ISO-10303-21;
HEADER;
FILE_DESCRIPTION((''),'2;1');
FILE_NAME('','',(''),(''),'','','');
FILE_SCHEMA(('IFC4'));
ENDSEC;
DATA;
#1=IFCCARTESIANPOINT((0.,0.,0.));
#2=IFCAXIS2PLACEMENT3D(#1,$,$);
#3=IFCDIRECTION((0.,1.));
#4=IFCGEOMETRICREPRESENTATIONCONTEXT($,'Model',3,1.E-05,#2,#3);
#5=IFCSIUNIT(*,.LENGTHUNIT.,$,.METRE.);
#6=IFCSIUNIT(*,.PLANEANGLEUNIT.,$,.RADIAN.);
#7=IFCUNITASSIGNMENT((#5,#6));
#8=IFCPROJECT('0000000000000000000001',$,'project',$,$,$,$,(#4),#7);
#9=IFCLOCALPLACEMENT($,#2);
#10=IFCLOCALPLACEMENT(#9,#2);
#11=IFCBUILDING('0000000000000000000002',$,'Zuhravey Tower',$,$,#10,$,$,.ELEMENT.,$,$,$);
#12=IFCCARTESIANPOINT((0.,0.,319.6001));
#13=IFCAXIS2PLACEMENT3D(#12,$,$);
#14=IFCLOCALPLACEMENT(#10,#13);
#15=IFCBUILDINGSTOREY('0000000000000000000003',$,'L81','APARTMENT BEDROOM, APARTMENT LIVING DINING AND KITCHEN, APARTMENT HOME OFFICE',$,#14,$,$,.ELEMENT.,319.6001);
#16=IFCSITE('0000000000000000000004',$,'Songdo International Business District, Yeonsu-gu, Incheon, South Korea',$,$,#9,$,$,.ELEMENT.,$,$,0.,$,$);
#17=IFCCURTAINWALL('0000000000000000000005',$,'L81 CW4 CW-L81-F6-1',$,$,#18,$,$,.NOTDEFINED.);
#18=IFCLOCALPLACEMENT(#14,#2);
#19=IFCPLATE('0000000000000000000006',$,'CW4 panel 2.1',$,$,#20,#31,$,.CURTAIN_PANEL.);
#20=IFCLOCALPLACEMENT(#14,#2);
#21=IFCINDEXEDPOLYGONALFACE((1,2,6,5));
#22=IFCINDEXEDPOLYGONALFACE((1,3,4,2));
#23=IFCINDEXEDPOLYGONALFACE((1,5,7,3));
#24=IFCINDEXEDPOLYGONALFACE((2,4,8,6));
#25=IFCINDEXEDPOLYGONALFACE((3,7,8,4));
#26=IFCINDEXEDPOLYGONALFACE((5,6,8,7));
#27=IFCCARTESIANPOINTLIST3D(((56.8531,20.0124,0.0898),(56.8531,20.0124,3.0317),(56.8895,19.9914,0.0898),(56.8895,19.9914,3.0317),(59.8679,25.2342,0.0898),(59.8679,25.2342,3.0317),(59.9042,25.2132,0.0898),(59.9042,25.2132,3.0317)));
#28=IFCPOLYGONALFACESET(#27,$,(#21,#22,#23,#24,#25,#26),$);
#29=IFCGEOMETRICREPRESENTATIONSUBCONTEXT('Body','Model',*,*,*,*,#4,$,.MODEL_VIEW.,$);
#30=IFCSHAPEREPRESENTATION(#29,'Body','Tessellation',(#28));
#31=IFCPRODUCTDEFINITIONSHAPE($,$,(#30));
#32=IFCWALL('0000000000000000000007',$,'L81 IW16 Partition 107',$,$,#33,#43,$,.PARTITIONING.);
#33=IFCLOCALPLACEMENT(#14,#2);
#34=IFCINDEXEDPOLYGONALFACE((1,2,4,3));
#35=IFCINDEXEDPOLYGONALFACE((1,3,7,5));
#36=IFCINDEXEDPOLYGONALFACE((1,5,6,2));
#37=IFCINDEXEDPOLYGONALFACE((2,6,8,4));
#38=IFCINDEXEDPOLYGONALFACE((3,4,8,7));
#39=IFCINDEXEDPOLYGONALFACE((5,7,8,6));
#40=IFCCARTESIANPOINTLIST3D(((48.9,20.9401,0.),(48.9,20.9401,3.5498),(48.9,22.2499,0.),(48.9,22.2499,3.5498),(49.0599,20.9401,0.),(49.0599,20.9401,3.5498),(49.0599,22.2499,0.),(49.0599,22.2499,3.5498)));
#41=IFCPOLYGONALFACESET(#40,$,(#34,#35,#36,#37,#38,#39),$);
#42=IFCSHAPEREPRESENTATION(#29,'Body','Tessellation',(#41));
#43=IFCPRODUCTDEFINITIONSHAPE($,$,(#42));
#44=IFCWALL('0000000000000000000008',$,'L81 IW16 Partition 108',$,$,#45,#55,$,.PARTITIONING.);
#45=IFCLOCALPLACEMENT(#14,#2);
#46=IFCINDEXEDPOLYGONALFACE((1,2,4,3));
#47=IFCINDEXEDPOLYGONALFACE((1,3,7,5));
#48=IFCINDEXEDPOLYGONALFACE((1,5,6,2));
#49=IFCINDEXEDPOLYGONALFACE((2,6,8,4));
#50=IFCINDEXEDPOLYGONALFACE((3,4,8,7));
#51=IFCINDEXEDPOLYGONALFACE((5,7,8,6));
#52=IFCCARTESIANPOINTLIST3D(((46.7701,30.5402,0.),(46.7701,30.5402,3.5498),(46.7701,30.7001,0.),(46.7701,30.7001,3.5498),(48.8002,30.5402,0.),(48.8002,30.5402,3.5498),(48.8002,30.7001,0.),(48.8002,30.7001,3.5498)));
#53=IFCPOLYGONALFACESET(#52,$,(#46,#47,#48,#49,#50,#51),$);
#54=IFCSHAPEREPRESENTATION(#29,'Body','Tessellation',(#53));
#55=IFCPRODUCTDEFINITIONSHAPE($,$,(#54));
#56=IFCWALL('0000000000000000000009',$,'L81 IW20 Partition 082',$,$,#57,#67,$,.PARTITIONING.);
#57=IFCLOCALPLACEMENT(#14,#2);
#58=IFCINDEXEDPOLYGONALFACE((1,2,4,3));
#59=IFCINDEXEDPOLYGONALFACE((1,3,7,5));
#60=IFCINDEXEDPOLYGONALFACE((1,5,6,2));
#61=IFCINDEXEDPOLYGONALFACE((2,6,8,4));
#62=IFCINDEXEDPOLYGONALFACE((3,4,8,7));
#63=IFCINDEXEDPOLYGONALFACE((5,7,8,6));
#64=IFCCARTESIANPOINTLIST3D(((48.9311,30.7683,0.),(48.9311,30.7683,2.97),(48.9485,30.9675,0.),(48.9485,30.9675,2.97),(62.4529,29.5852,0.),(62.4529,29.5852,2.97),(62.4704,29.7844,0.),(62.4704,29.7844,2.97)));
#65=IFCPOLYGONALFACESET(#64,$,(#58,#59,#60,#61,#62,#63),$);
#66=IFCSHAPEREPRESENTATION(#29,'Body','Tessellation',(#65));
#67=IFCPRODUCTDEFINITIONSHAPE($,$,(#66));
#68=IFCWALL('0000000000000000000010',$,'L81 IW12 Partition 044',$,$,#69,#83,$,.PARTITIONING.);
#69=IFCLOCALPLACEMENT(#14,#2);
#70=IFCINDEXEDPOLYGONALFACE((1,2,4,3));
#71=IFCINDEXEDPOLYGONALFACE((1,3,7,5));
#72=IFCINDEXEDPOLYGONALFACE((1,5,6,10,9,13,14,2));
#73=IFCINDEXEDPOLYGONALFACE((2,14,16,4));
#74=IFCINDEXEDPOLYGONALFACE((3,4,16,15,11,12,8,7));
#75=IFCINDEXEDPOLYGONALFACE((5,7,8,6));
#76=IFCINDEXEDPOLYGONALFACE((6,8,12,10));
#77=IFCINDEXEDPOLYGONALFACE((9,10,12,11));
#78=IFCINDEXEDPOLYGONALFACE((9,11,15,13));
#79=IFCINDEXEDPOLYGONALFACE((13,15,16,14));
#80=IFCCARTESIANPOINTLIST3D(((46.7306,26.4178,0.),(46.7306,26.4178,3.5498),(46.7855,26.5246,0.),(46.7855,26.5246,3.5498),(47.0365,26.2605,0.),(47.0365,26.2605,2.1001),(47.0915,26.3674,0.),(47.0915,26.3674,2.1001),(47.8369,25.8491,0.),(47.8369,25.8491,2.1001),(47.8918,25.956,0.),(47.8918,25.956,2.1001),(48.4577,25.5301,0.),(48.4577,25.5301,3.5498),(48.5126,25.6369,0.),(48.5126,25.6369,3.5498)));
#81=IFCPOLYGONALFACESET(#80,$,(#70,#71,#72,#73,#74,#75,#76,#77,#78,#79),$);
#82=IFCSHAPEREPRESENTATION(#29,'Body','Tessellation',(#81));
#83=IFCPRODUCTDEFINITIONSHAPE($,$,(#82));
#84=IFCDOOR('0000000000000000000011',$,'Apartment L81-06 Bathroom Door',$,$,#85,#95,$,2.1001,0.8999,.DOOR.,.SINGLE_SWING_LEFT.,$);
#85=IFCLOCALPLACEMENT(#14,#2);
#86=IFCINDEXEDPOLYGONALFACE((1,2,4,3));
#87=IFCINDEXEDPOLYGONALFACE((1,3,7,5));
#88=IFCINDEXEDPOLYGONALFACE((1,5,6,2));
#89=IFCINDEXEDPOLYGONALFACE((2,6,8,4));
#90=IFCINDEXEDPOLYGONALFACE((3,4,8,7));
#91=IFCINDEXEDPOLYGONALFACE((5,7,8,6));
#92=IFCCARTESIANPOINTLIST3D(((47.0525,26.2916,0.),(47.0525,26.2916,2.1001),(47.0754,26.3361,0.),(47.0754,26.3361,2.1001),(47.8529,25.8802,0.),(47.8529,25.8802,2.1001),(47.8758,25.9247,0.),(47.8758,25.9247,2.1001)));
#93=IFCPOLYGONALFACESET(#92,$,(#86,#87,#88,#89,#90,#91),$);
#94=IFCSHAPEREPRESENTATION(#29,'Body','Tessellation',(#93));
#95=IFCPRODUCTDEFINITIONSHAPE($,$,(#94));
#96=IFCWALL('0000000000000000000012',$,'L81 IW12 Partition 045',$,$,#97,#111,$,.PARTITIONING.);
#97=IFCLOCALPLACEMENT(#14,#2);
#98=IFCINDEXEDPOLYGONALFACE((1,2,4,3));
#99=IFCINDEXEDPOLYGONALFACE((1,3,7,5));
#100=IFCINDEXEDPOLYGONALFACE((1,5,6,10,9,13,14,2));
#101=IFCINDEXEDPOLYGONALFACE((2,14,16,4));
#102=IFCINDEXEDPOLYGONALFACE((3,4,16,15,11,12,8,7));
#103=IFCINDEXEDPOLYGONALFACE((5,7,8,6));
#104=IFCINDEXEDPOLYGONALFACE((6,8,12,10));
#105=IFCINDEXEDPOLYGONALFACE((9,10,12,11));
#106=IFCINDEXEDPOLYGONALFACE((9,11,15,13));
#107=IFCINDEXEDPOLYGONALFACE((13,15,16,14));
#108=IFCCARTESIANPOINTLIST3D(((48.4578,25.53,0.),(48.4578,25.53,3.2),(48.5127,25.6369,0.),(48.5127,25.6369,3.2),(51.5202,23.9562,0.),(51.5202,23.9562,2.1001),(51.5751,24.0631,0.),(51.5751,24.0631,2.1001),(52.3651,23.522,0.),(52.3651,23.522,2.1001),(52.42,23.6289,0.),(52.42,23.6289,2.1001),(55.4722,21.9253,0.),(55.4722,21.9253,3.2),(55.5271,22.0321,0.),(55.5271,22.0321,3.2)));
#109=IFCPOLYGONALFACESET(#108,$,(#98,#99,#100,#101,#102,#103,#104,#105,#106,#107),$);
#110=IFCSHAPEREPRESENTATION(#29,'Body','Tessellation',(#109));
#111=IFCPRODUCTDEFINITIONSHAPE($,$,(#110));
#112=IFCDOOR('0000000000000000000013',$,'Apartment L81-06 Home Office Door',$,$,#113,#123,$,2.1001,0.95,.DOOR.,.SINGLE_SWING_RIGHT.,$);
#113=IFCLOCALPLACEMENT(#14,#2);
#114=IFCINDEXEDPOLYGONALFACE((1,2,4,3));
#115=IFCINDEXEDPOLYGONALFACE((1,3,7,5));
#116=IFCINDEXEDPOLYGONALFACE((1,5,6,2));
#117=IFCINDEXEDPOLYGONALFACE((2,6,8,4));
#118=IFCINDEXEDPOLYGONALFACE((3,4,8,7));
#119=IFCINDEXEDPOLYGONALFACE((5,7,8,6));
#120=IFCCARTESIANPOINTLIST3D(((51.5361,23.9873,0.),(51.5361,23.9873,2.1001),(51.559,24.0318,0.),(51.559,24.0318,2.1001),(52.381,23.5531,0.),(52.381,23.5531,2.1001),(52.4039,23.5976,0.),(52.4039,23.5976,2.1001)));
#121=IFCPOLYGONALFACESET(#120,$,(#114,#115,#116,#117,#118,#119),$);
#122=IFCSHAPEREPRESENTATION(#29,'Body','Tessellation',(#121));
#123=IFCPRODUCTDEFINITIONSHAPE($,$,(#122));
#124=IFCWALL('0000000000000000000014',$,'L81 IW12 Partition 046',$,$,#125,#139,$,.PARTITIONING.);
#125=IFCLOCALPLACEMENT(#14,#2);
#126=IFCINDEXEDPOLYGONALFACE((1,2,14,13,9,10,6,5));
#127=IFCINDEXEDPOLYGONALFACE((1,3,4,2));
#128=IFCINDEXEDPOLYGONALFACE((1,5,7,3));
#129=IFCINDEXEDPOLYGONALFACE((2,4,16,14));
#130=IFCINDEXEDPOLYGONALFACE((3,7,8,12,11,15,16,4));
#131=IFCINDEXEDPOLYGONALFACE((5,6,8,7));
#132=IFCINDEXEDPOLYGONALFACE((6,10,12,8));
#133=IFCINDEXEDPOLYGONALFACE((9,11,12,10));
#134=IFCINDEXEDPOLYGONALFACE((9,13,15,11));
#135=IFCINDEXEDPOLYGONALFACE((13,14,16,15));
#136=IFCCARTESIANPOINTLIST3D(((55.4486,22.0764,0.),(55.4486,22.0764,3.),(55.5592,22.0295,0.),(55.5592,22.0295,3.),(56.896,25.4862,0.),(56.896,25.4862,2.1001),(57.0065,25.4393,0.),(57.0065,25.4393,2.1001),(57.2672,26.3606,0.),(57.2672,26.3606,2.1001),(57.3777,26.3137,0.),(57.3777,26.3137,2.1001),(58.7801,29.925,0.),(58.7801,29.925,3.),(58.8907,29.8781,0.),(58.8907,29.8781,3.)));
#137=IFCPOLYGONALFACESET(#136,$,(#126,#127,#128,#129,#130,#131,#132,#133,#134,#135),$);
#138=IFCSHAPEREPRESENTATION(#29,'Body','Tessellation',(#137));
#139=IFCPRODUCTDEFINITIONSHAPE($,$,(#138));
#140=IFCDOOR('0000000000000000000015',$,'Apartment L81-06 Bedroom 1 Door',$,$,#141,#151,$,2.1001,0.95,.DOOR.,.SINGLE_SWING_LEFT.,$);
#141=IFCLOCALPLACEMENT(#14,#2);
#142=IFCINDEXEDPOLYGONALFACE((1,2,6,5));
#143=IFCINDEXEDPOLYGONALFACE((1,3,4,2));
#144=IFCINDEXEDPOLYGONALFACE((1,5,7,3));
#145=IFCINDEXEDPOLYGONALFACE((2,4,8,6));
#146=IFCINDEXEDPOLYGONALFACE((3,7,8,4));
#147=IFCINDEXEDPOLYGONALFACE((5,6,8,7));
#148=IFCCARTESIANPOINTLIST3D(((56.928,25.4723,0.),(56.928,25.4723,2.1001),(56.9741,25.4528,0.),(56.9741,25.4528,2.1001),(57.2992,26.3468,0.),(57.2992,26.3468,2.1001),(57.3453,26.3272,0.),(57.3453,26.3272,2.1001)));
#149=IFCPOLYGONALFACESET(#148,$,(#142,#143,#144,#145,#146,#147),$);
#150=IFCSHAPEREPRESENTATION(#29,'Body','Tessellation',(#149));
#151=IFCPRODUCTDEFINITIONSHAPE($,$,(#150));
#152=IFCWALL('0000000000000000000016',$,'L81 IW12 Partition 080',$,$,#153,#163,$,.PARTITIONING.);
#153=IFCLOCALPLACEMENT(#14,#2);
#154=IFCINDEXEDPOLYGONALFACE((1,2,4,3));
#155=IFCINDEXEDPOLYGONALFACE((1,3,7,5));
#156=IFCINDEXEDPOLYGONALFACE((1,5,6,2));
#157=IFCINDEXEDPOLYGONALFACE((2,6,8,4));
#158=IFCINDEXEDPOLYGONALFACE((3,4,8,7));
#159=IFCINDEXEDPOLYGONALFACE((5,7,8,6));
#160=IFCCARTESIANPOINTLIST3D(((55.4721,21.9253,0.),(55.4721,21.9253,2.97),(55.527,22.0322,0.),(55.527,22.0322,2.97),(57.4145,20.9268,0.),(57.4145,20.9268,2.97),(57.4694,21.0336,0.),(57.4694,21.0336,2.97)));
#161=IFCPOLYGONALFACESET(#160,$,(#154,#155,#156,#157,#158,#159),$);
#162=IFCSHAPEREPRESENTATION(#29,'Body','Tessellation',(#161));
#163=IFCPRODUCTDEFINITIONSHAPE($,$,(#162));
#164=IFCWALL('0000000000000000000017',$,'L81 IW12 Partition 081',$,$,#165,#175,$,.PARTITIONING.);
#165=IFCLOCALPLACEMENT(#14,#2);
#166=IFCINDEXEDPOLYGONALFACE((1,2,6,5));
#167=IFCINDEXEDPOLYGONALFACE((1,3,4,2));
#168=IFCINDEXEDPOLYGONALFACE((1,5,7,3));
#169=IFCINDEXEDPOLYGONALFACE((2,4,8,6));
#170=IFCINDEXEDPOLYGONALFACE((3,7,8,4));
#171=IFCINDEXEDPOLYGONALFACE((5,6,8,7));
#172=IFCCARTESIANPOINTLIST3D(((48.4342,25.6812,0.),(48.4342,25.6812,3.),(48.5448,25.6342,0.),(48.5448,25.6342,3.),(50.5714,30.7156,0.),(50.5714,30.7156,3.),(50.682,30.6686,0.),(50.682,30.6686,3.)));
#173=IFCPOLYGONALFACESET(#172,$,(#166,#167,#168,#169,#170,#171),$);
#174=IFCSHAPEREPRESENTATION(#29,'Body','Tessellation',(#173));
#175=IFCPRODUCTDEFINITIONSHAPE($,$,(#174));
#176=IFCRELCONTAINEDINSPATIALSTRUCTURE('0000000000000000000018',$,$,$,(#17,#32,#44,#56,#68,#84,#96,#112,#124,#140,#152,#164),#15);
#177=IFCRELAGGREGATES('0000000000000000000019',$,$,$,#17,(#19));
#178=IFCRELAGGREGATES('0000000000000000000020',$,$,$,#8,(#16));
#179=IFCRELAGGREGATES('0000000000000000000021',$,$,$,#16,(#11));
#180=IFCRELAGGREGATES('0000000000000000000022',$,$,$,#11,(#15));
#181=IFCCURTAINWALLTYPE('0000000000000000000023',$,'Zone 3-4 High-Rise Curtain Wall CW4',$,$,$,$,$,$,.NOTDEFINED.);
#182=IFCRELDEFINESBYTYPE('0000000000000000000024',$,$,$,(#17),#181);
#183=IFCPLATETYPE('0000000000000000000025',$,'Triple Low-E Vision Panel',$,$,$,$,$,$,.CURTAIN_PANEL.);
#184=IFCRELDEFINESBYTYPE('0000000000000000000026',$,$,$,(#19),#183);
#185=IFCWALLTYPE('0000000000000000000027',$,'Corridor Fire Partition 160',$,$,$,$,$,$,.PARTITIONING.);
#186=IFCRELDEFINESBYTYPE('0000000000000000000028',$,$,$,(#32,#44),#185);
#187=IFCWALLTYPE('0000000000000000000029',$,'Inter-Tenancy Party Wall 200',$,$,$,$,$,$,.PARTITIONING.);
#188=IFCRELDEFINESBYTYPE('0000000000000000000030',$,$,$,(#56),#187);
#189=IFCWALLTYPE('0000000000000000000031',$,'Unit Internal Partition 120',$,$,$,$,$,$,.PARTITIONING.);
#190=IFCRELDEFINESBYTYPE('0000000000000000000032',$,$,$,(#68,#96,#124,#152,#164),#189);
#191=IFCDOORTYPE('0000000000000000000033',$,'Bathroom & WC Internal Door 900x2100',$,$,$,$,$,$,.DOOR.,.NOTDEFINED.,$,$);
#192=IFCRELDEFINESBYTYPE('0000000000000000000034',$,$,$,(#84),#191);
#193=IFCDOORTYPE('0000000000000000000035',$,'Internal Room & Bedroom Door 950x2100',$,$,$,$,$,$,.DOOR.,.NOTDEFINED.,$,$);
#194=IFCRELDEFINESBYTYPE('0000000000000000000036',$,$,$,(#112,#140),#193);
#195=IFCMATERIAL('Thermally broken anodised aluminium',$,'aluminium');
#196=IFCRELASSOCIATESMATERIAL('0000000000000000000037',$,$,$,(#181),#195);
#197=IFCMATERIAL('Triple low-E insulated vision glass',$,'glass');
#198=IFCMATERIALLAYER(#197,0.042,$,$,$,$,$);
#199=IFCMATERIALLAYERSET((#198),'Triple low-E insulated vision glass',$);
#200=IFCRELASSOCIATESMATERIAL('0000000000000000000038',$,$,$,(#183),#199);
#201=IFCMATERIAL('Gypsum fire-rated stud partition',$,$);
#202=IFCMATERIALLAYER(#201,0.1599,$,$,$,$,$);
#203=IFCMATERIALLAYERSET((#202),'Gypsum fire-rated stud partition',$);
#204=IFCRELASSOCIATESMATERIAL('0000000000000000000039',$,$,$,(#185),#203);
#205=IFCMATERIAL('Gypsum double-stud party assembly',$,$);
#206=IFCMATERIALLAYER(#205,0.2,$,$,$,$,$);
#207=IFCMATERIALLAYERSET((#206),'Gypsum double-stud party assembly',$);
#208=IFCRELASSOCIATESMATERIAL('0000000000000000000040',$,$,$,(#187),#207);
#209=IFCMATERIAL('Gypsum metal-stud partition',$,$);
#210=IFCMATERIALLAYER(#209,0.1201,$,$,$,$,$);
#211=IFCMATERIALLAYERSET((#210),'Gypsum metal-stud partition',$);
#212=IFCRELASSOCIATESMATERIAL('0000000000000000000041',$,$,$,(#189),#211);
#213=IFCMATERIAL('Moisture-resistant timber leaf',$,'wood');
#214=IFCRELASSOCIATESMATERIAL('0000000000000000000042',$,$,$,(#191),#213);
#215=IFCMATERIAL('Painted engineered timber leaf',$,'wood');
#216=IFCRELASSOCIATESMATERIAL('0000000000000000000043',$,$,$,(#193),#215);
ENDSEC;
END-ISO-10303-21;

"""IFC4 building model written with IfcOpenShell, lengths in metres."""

from ifc_helpers import new_model, si_unit, direction, frame, frame_2d, origin, origin_2d, place, context, subcontext, project, spatial, rectangle, extrude, material, layer, layer_set, type_object, element, fill, aggregate, save


model = new_model("IFC4")

# Units and contexts
model_context = context("Model", 3, precision=1e-05, world=origin(), true_north=direction((0.0, 1.0)))
body_context = subcontext(model_context, "Body", "Model", "MODEL_VIEW")
ifc_project = project(units=[si_unit("LENGTHUNIT", "METRE"), si_unit("PLANEANGLEUNIT", "RADIAN")], contexts=[model_context])

# Site, building, storey
site_placement = place(None, origin())
site = spatial("IfcSite", under=ifc_project, at=site_placement, Name="Songdo International Business District, Yeonsu-gu, Incheon, South Korea", CompositionType="ELEMENT", RefElevation=0.0)
building_placement = place(site_placement, origin())
building = spatial("IfcBuilding", under=site, at=building_placement, Name="Zuhravey Tower", CompositionType="ELEMENT")
storey_placement = place(building_placement, frame((0.0, 0.0, 319.6001)))
storey = spatial("IfcBuildingStorey", under=building, at=storey_placement, Name="L81", Description="APARTMENT BEDROOM, APARTMENT LIVING DINING AND KITCHEN, APARTMENT HOME OFFICE", CompositionType="ELEMENT", Elevation=319.6001)

# Curtain wall
ifc_material_1 = material(Name="Thermally broken anodised aluminium", Category="aluminium")
curtain_wall_type = type_object("IfcCurtainWallType", Name="Zone 3-4 High-Rise Curtain Wall CW4", PredefinedType="NOTDEFINED", material=ifc_material_1)
curtain_wall_placement = place(storey_placement, origin())
curtain_wall = element("IfcCurtainWall", 1, at=curtain_wall_placement, inside=storey, type_object=curtain_wall_type, Name="L81 CW4 CW-L81-F6-1", PredefinedType="NOTDEFINED")

# Plate
ifc_material_2 = material(Name="Triple low-E insulated vision glass", Category="glass")
ifc_layer_1 = layer(ifc_material_2, 0.042)
ifc_layer_set_1 = layer_set([ifc_layer_1], Name="Triple low-E insulated vision glass")
plate_type = type_object("IfcPlateType", Name="Triple Low-E Vision Panel", PredefinedType="CURTAIN_PANEL", material=ifc_layer_set_1)
plate_1_placement = place(storey_placement, frame((58.3787, 22.6128, 0.0898), z_axis=(0.0, 0.0, 1.0), x_axis=(-0.5, -0.866026, 0.0)))
plate_1 = element("IfcPlate", 2, at=plate_1_placement, type_object=plate_type, Name="CW4 panel 2.1", PredefinedType="CURTAIN_PANEL", context=body_context, shape_type="SweptSolid", body=[
    extrude(rectangle(XDim=6.0295, YDim=0.042, at=origin_2d()), origin(), (0.0, 0.0, 1.0), 2.9419),
])
aggregate(curtain_wall, [plate_1])

# Shared definitions
ifc_material_3 = material(Name="Gypsum fire-rated stud partition")
ifc_layer_2 = layer(ifc_material_3, 0.1599)
ifc_layer_set_2 = layer_set([ifc_layer_2], Name="Gypsum fire-rated stud partition")
wall_type_1 = type_object("IfcWallType", Name="Corridor Fire Partition 160", PredefinedType="PARTITIONING", material=ifc_layer_set_2)

# Walls
wall_1_placement = place(storey_placement, frame((48.98, 20.9402, 0.0), z_axis=(0.0, 0.0, 1.0), x_axis=(0.0, 1.0, 0.0)))
element("IfcWall", 3, at=wall_1_placement, inside=storey, type_object=wall_type_1, Name="L81 IW16 Partition 107", PredefinedType="PARTITIONING", context=body_context, shape_type="SweptSolid", body=[
    extrude(rectangle(XDim=1.3098, YDim=0.1599, at=frame_2d((0.6548, 0.0))), origin(), (0.0, 0.0, 1.0), 3.5498),
])
wall_2_placement = place(storey_placement, frame((46.77, 30.6201, 0.0), z_axis=(0.0, 0.0, 1.0), x_axis=(1.0, 0.0, 0.0)))
element("IfcWall", 4, at=wall_2_placement, inside=storey, type_object=wall_type_1, Name="L81 IW16 Partition 108", PredefinedType="PARTITIONING", context=body_context, shape_type="SweptSolid", body=[
    extrude(rectangle(XDim=2.03, YDim=0.1599, at=frame_2d((1.0151, 0.0))), origin(), (0.0, 0.0, 1.0), 3.5498),
])
ifc_material_4 = material(Name="Gypsum double-stud party assembly")
ifc_layer_3 = layer(ifc_material_4, 0.2)
ifc_layer_set_3 = layer_set([ifc_layer_3], Name="Gypsum double-stud party assembly")
wall_type_2 = type_object("IfcWallType", Name="Inter-Tenancy Party Wall 200", PredefinedType="PARTITIONING", material=ifc_layer_set_3)
wall_3_placement = place(storey_placement, frame((48.9399, 30.8679, 0.0), z_axis=(0.0, 0.0, 1.0), x_axis=(0.996194, -0.087164, 0.0)))
element("IfcWall", 5, at=wall_3_placement, inside=storey, type_object=wall_type_2, Name="L81 IW20 Partition 082", PredefinedType="PARTITIONING", context=body_context, shape_type="SweptSolid", body=[
    extrude(rectangle(XDim=13.5735, YDim=0.2, at=frame_2d((6.7866, 0.0))), origin(), (0.0, 0.0, 1.0), 2.97),
])

# Walls, openings, doors
ifc_material_5 = material(Name="Gypsum metal-stud partition")
ifc_layer_4 = layer(ifc_material_5, 0.1201)
ifc_layer_set_4 = layer_set([ifc_layer_4], Name="Gypsum metal-stud partition")
wall_type_3 = type_object("IfcWallType", Name="Unit Internal Partition 120", PredefinedType="PARTITIONING", material=ifc_layer_set_4)
wall_4_placement = place(storey_placement, frame((46.7581, 26.4712, 0.0), z_axis=(0.0, 0.0, 1.0), x_axis=(0.889393, -0.457143, 0.0)))
wall_4 = element("IfcWall", 6, at=wall_4_placement, inside=storey, type_object=wall_type_3, Name="L81 IW12 Partition 044", PredefinedType="PARTITIONING", context=body_context, shape_type="SweptSolid", body=[
    extrude(rectangle(XDim=1.9419, YDim=0.1201, at=frame_2d((0.9709, 0.0))), origin(), (0.0, 0.0, 1.0), 3.5498),
])
opening_1_placement = place(wall_4_placement, frame((0.344, 0.0, 0.0)))
opening_1 = element("IfcOpeningElement", 7, at=opening_1_placement, cuts=wall_4, PredefinedType="OPENING", context=body_context, shape_type="SweptSolid", body=[
    extrude(rectangle(XDim=0.8999, YDim=2.1001, at=frame_2d((0.45, 1.05))), frame((0.0, 0.072, 0.0), z_axis=(0.0, -1.0, 0.0), x_axis=(1.0, 0.0, 0.0)), (0.0, 0.0, 1.0), 0.144),
])
ifc_material_6 = material(Name="Moisture-resistant timber leaf", Category="wood")
door_type_1 = type_object("IfcDoorType", Name="Bathroom & WC Internal Door 900x2100", OperationType="NOTDEFINED", PredefinedType="DOOR", material=ifc_material_6)
door_1_placement = place(opening_1_placement, origin())
door_1 = element("IfcDoor", 8, at=door_1_placement, inside=storey, type_object=door_type_1, Name="Apartment L81-06 Bathroom Door", OperationType="SINGLE_SWING_LEFT", OverallHeight=2.1001, OverallWidth=0.8999, PredefinedType="DOOR", context=body_context, shape_type="SweptSolid", body=[
    extrude(rectangle(XDim=0.8999, YDim=2.1001, at=frame_2d((0.45, 1.05))), frame((0.0, 0.0249, 0.0), z_axis=(0.0, -1.0, 0.0), x_axis=(1.0, 0.0, 0.0)), (0.0, 0.0, 1.0), 0.05),
])
fill(opening_1, door_1)
wall_5_placement = place(storey_placement, frame((48.4851, 25.5835, 0.0), z_axis=(0.0, 0.0, 1.0), x_axis=(0.889426, -0.45708, 0.0)))
wall_5 = element("IfcWall", 9, at=wall_5_placement, inside=storey, type_object=wall_type_3, Name="L81 IW12 Partition 045", PredefinedType="PARTITIONING", context=body_context, shape_type="SweptSolid", body=[
    extrude(rectangle(XDim=7.8865, YDim=0.1201, at=frame_2d((3.9434, 0.0))), origin(), (0.0, 0.0, 1.0), 3.2),
])
opening_2_placement = place(wall_5_placement, frame((3.4431, 0.0, 0.0)))
opening_2 = element("IfcOpeningElement", 10, at=opening_2_placement, cuts=wall_5, PredefinedType="OPENING", context=body_context, shape_type="SweptSolid", body=[
    extrude(rectangle(XDim=0.95, YDim=2.1001, at=frame_2d((0.4751, 1.05))), frame((0.0, 0.072, 0.0), z_axis=(0.0, -1.0, 0.0), x_axis=(1.0, 0.0, 0.0)), (0.0, 0.0, 1.0), 0.144),
])
ifc_material_7 = material(Name="Painted engineered timber leaf", Category="wood")
door_type_2 = type_object("IfcDoorType", Name="Internal Room & Bedroom Door 950x2100", OperationType="NOTDEFINED", PredefinedType="DOOR", material=ifc_material_7)
door_2_placement = place(opening_2_placement, origin())
door_2 = element("IfcDoor", 11, at=door_2_placement, inside=storey, type_object=door_type_2, Name="Apartment L81-06 Home Office Door", OperationType="SINGLE_SWING_RIGHT", OverallHeight=2.1001, OverallWidth=0.95, PredefinedType="DOOR", context=body_context, shape_type="SweptSolid", body=[
    extrude(rectangle(XDim=0.95, YDim=2.1001, at=frame_2d((0.4751, 1.05))), frame((0.0, 0.0249, 0.0), z_axis=(0.0, -1.0, 0.0), x_axis=(1.0, 0.0, 0.0)), (0.0, 0.0, 1.0), 0.05),
])
fill(opening_2, door_2)
wall_6_placement = place(storey_placement, frame((55.5039, 22.053, 0.0), z_axis=(0.0, 0.0, 1.0), x_axis=(0.390731, 0.920505, 0.0)))
wall_6 = element("IfcWall", 12, at=wall_6_placement, inside=storey, type_object=wall_type_3, Name="L81 IW12 Partition 046", PredefinedType="PARTITIONING", context=body_context, shape_type="SweptSolid", body=[
    extrude(rectangle(XDim=8.5264, YDim=0.1201, at=frame_2d((4.2632, 0.0))), origin(), (0.0, 0.0, 1.0), 3.0),
])
opening_3_placement = place(wall_6_placement, frame((3.7041, 0.0, 0.0)))
opening_3 = element("IfcOpeningElement", 13, at=opening_3_placement, cuts=wall_6, PredefinedType="OPENING", context=body_context, shape_type="SweptSolid", body=[
    extrude(rectangle(XDim=0.95, YDim=2.1001, at=frame_2d((0.4751, 1.05))), frame((0.0, 0.072, 0.0), z_axis=(0.0, -1.0, 0.0), x_axis=(1.0, 0.0, 0.0)), (0.0, 0.0, 1.0), 0.144),
])
door_3_placement = place(opening_3_placement, frame((0.95, 0.0, 0.0), z_axis=(0.0, 0.0, 1.0), x_axis=(-1.0, 0.0, 0.0)))
door_3 = element("IfcDoor", 14, at=door_3_placement, inside=storey, type_object=door_type_2, Name="Apartment L81-06 Bedroom 1 Door", OperationType="SINGLE_SWING_LEFT", OverallHeight=2.1001, OverallWidth=0.95, PredefinedType="DOOR", context=body_context, shape_type="SweptSolid", body=[
    extrude(rectangle(XDim=0.95, YDim=2.1001, at=frame_2d((0.4751, 1.05))), frame((0.0, 0.0249, 0.0), z_axis=(0.0, -1.0, 0.0), x_axis=(1.0, 0.0, 0.0)), (0.0, 0.0, 1.0), 0.05),
])
fill(opening_3, door_3)

# Walls
wall_7_placement = place(storey_placement, frame((55.4995, 21.9788, 0.0), z_axis=(0.0, 0.0, 1.0), x_axis=(0.889363, -0.457202, 0.0)))
element("IfcWall", 15, at=wall_7_placement, inside=storey, type_object=wall_type_3, Name="L81 IW12 Partition 080", PredefinedType="PARTITIONING", context=body_context, shape_type="SweptSolid", body=[
    extrude(rectangle(XDim=2.1841, YDim=0.1201, at=frame_2d((1.092, 0.0))), origin(), (0.0, 0.0, 1.0), 2.97),
])
wall_8_placement = place(storey_placement, frame((48.4895, 25.6577, 0.0), z_axis=(0.0, 0.0, 1.0), x_axis=(0.390765, 0.92049, 0.0)))
element("IfcWall", 16, at=wall_8_placement, inside=storey, type_object=wall_type_3, Name="L81 IW12 Partition 081", PredefinedType="PARTITIONING", context=body_context, shape_type="SweptSolid", body=[
    extrude(rectangle(XDim=5.4692, YDim=0.1201, at=frame_2d((2.7346, 0.0))), origin(), (0.0, 0.0, 1.0), 3.0),
])

save(model, "model.ifc")
